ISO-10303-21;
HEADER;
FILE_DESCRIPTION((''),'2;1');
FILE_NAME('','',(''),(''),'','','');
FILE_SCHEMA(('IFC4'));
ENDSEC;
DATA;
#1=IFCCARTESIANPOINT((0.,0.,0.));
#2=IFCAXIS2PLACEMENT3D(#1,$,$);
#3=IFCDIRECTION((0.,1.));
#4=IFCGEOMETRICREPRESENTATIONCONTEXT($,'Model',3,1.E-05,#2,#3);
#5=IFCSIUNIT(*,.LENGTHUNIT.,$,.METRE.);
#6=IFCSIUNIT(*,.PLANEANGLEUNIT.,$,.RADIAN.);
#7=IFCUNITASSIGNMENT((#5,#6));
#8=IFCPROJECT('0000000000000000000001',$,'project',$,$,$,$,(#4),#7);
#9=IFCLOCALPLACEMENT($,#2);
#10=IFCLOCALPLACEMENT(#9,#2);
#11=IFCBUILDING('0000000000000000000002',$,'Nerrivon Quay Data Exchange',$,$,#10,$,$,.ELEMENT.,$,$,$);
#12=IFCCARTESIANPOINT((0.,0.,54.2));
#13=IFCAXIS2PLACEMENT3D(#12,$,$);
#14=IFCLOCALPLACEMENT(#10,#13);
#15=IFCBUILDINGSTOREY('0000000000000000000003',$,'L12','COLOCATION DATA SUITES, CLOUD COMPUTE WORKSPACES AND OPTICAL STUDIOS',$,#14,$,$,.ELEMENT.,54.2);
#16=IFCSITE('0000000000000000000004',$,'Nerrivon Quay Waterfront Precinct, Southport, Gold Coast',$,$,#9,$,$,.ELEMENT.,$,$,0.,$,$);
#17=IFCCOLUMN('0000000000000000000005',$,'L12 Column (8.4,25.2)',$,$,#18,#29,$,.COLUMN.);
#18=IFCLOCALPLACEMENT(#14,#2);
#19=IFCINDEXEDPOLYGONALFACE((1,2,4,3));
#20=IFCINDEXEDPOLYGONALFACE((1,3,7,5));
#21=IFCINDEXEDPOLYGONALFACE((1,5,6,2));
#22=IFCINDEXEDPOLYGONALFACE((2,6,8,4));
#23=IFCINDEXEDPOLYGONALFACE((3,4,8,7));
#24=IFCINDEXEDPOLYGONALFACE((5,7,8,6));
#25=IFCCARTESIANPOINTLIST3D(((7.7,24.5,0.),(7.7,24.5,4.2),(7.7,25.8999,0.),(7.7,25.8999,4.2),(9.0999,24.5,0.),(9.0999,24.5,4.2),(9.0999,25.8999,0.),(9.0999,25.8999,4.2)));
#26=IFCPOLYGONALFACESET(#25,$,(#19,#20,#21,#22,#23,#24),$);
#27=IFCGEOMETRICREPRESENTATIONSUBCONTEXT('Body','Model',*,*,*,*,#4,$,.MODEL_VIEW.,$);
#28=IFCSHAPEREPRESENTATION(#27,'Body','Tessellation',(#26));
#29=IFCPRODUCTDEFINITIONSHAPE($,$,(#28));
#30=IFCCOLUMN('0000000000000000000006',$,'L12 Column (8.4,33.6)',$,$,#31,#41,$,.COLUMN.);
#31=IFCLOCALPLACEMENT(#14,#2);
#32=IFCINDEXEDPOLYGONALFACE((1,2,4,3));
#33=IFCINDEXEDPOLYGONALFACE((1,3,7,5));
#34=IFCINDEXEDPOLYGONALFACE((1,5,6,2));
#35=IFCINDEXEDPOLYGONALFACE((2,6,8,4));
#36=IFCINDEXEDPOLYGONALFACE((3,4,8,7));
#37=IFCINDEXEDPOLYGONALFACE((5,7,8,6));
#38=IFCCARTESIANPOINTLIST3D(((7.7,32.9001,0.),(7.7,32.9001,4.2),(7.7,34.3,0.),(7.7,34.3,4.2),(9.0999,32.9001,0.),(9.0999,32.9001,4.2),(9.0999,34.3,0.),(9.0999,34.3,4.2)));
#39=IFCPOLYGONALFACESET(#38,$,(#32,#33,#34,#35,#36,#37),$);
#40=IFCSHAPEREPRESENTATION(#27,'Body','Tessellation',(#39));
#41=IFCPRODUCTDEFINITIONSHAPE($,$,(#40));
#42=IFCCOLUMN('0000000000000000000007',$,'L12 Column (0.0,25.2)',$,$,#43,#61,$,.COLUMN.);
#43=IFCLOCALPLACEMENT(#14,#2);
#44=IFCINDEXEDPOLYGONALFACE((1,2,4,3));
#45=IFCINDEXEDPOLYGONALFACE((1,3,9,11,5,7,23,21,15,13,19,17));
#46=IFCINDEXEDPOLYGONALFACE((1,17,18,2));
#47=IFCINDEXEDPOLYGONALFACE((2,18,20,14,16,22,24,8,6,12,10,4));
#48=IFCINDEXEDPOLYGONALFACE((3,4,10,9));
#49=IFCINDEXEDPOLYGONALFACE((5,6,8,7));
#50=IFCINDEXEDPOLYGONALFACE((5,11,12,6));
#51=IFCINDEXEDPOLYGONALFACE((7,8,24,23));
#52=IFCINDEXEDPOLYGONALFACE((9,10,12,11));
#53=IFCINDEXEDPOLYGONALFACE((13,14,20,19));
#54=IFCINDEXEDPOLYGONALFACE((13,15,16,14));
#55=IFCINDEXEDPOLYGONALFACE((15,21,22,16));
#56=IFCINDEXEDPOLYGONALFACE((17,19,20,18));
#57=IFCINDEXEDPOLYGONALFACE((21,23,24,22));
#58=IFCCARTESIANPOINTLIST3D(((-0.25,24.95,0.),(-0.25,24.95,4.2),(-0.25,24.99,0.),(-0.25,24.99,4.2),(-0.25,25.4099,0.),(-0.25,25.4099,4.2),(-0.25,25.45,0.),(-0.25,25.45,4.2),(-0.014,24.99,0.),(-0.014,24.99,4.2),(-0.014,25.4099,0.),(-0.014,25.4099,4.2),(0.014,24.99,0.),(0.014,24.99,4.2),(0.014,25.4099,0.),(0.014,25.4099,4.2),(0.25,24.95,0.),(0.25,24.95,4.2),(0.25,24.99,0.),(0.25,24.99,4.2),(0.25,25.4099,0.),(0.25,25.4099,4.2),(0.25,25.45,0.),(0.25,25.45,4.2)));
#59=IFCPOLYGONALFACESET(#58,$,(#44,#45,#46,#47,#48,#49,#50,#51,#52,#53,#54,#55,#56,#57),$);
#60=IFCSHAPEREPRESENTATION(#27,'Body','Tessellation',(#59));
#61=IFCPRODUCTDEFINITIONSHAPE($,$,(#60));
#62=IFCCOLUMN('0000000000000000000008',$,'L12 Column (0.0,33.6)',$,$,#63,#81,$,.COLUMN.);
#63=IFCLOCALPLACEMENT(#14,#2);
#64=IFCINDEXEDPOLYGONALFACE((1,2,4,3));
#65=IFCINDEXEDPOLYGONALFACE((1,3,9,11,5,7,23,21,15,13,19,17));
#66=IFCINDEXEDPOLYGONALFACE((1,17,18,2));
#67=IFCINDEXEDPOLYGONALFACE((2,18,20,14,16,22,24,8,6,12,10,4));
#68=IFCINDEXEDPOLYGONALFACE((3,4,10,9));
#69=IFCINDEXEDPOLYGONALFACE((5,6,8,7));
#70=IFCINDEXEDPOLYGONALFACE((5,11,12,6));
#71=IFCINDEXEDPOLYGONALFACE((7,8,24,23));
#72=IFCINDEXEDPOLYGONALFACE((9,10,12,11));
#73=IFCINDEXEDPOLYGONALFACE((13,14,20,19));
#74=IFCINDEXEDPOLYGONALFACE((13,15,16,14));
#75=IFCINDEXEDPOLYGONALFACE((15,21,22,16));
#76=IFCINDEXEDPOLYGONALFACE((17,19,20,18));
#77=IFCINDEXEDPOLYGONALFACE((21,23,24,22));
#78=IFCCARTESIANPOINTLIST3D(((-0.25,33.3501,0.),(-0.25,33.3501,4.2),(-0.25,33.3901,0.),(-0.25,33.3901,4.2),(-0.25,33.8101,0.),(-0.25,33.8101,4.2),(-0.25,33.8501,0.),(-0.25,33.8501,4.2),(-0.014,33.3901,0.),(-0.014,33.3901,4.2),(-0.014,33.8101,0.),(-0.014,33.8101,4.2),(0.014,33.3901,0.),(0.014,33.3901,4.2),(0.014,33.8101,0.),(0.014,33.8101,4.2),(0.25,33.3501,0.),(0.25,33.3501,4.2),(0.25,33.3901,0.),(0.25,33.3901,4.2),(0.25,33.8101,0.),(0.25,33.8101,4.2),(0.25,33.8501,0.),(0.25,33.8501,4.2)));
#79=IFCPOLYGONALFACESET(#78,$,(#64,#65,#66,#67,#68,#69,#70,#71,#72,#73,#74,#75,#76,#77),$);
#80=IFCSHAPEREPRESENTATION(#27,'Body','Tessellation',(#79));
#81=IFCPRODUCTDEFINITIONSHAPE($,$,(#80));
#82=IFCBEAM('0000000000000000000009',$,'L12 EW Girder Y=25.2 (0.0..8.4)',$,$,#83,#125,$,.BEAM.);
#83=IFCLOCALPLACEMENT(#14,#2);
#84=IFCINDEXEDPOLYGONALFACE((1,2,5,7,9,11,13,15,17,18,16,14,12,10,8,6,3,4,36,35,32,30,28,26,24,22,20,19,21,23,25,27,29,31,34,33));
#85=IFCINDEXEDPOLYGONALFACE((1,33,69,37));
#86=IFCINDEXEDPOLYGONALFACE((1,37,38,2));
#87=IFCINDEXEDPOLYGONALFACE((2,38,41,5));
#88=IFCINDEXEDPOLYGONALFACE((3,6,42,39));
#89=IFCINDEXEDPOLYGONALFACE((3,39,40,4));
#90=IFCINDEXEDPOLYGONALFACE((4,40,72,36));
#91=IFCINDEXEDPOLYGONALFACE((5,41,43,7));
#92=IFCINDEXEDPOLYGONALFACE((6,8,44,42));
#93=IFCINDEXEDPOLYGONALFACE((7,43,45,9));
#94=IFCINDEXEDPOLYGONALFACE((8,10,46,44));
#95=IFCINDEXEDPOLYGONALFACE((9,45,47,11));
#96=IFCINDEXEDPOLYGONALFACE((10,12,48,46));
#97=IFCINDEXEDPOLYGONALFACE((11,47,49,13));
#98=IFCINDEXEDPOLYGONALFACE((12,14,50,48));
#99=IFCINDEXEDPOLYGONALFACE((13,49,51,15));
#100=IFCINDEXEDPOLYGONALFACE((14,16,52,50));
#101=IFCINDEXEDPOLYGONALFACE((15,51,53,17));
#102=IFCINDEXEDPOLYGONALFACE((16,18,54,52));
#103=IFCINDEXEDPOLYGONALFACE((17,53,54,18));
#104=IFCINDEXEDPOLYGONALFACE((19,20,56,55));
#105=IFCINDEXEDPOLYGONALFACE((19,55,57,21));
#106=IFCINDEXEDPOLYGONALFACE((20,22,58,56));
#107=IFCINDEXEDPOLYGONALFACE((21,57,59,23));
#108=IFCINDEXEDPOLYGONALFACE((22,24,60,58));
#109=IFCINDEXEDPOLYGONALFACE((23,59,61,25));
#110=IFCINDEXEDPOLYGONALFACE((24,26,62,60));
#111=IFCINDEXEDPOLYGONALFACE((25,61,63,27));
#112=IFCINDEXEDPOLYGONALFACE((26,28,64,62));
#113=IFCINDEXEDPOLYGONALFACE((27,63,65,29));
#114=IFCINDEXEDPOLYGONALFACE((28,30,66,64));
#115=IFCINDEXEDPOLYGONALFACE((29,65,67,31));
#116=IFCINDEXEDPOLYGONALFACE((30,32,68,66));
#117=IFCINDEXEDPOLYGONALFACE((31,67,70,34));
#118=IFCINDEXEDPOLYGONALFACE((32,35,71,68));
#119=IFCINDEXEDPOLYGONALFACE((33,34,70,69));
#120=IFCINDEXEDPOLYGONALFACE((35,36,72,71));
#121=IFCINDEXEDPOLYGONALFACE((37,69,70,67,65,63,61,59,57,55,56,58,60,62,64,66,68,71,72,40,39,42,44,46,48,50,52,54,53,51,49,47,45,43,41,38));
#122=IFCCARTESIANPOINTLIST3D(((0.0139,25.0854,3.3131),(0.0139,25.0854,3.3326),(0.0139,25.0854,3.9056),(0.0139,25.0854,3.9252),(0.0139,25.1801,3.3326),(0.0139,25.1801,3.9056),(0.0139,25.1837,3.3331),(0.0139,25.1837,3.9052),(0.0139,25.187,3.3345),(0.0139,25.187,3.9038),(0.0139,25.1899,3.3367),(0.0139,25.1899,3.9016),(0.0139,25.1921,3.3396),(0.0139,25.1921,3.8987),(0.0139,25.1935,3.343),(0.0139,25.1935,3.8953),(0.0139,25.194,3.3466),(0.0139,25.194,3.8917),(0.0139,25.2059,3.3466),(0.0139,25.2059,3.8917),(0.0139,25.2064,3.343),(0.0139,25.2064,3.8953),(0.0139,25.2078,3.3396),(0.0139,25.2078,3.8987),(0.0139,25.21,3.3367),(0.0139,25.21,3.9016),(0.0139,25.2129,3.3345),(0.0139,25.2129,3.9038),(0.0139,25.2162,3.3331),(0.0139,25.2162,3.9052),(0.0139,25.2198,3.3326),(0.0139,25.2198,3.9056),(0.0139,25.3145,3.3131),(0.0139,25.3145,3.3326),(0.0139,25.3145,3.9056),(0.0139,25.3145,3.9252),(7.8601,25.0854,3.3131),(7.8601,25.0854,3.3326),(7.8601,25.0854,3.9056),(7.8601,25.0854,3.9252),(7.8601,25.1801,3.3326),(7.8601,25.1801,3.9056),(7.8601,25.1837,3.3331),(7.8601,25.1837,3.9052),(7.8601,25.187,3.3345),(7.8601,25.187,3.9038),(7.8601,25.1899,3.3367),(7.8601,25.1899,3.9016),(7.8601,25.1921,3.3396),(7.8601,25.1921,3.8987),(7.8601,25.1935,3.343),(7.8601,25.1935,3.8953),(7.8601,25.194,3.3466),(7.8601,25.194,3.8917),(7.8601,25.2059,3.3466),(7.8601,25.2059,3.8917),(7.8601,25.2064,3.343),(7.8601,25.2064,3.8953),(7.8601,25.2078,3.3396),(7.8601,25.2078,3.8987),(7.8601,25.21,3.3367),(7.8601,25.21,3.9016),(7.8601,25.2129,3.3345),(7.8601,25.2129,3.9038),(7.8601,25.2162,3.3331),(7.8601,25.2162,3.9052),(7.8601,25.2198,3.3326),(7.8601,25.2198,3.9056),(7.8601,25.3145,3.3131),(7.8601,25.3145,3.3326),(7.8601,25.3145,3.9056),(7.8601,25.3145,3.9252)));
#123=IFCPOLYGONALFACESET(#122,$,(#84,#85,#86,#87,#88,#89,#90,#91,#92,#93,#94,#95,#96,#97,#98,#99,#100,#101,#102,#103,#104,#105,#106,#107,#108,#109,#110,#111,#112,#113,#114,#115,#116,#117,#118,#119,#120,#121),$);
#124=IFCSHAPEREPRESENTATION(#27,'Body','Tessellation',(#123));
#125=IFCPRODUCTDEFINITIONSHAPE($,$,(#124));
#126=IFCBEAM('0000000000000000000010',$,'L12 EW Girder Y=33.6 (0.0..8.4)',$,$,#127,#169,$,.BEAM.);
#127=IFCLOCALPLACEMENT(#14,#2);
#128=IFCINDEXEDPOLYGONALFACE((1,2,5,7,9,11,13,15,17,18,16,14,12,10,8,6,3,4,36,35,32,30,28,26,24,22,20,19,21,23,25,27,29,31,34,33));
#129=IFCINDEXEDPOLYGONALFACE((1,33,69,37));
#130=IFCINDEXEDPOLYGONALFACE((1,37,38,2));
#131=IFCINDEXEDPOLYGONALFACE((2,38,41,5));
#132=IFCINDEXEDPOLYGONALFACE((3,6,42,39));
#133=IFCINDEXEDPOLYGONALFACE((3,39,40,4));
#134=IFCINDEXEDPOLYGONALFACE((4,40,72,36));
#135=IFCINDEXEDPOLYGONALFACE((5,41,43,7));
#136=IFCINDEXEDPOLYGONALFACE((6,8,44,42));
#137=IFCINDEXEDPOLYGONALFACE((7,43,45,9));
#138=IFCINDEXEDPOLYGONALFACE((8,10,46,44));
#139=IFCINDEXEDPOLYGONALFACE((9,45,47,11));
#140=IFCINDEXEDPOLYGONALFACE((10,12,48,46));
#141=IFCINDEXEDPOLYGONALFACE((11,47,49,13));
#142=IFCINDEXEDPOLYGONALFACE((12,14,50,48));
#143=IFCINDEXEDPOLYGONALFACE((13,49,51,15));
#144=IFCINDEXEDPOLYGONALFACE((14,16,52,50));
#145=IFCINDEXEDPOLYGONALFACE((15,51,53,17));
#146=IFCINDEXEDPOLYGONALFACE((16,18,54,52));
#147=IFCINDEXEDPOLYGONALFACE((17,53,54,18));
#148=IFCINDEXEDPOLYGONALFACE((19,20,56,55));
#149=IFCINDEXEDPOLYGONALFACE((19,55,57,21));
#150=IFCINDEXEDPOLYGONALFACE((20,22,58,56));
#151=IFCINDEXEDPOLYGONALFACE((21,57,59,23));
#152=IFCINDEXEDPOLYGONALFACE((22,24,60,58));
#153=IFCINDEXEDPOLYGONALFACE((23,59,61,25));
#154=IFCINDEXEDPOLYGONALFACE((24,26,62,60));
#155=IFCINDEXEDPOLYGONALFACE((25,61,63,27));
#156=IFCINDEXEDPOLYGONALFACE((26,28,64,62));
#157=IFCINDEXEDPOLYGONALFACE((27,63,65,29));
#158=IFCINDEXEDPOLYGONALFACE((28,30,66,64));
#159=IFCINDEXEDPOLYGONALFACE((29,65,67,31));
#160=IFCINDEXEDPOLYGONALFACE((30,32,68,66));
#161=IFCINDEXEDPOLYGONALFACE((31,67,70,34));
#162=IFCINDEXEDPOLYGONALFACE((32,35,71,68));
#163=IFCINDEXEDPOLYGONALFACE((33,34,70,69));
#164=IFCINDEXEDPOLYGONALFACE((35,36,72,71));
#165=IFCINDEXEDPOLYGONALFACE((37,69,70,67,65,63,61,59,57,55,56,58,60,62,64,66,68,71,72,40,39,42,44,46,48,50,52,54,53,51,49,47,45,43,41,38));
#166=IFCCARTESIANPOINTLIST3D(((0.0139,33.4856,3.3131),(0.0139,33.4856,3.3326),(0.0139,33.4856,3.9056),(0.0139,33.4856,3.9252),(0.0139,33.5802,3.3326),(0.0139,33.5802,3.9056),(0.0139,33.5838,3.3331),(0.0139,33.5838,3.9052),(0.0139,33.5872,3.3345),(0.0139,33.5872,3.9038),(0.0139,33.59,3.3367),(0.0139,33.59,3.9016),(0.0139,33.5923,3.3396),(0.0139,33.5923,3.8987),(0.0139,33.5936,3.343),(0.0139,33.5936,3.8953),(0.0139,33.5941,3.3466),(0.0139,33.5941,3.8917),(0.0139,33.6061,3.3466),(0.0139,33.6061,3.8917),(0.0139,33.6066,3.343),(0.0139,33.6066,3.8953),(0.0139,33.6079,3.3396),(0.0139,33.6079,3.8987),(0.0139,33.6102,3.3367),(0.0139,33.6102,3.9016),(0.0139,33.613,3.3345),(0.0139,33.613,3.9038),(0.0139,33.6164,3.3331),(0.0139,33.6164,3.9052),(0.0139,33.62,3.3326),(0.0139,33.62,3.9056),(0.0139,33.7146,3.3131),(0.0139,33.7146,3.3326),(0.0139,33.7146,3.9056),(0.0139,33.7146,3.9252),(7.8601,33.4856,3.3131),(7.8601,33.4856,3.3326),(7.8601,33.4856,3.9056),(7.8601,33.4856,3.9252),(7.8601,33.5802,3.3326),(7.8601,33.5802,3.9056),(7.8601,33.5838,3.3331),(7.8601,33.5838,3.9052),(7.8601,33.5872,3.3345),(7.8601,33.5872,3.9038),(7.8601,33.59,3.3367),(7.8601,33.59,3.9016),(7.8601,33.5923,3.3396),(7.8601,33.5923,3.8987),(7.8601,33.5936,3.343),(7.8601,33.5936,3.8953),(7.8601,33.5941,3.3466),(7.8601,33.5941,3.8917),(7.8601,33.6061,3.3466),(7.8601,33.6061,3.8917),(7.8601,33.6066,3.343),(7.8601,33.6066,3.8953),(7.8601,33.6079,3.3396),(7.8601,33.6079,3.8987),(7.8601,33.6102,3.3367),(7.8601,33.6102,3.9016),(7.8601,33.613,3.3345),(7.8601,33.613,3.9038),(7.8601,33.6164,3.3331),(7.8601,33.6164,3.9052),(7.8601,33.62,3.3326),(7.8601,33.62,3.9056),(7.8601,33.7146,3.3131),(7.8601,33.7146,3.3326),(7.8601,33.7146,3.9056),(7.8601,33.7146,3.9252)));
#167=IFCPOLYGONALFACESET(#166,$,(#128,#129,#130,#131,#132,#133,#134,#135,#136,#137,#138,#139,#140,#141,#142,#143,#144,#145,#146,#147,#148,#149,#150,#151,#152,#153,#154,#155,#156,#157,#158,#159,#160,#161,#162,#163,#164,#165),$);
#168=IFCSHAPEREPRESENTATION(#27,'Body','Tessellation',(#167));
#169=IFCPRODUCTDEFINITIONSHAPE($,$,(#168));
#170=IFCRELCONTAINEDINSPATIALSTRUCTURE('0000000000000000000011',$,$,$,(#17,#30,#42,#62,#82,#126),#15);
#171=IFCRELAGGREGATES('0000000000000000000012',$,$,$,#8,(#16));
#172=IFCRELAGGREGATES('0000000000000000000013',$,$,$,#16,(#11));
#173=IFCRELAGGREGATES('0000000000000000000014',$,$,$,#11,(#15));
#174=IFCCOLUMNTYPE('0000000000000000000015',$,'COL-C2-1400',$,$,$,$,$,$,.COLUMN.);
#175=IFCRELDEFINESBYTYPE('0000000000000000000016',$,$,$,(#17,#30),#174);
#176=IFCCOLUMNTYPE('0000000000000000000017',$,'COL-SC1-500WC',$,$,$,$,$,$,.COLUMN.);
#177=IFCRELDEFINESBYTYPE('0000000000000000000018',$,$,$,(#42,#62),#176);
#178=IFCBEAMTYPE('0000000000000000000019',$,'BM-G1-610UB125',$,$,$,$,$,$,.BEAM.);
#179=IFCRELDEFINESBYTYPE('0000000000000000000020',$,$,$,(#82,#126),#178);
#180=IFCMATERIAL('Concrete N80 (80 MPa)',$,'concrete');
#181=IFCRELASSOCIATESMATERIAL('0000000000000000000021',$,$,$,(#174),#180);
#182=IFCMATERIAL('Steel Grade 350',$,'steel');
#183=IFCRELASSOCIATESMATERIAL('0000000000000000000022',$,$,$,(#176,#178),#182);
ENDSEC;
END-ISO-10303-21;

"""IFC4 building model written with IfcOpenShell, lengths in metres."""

from ifc_helpers import new_model, si_unit, direction, frame, origin, origin_2d, place, context, subcontext, project, spatial, rectangle, i_section, extrude, material, material_profile, profile_set, type_object, element, save


model = new_model("IFC4")

# Units and contexts
model_context = context("Model", 3, precision=1e-05, world=origin(), true_north=direction((0.0, 1.0)))
body_context = subcontext(model_context, "Body", "Model", "MODEL_VIEW")
ifc_project = project(units=[si_unit("LENGTHUNIT", "METRE"), si_unit("PLANEANGLEUNIT", "RADIAN")], contexts=[model_context])

# Site, building, storey
site_placement = place(None, origin())
site = spatial("IfcSite", under=ifc_project, at=site_placement, Name="Nerrivon Quay Waterfront Precinct, Southport, Gold Coast", CompositionType="ELEMENT", RefElevation=0.0)
building_placement = place(site_placement, origin())
building = spatial("IfcBuilding", under=site, at=building_placement, Name="Nerrivon Quay Data Exchange", CompositionType="ELEMENT")
storey_placement = place(building_placement, frame((0.0, 0.0, 54.2)))
storey = spatial("IfcBuildingStorey", under=building, at=storey_placement, Name="L12", Description="COLOCATION DATA SUITES, CLOUD COMPUTE WORKSPACES AND OPTICAL STUDIOS", CompositionType="ELEMENT", Elevation=54.2)

# Columns
ifc_material_1 = material(Name="Concrete N80 (80 MPa)", Category="concrete")
ifc_material_profile_1 = material_profile(ifc_material_1, rectangle(XDim=1.3999, YDim=1.3999, at=origin_2d()), Name="RC-COL-1400x1400")
ifc_profile_set_1 = profile_set([ifc_material_profile_1], Name="Concrete N80 (80 MPa)")
column_type_1 = type_object("IfcColumnType", Name="COL-C2-1400", PredefinedType="COLUMN", material=ifc_profile_set_1)
for number, where, z_axis, x_axis, name in (
    (1, (8.3999, 25.2, 0.0), (0.0, 0.0, 1.0), (1.0, 0.0, 0.0), "L12 Column (8.4,25.2)"),
    (2, (8.3999, 33.6001, 0.0), (0.0, 0.0, 1.0), (1.0, 0.0, 0.0), "L12 Column (8.4,33.6)"),
):
    element("IfcColumn", number, at=place(storey_placement, frame(where, z_axis=z_axis, x_axis=x_axis)), inside=storey, type_object=column_type_1, Name=name, PredefinedType="COLUMN", context=body_context, shape_type="SweptSolid", body=[
        extrude(rectangle(XDim=1.3999, YDim=1.3999, at=origin_2d()), origin(), (0.0, 0.0, 1.0), 4.2),
    ])
ifc_material_2 = material(Name="Steel Grade 350", Category="steel")
ifc_material_profile_2 = material_profile(ifc_material_2, i_section(OverallWidth=0.5, OverallDepth=0.5, WebThickness=0.0281, FlangeThickness=0.04, at=origin_2d()), Name="500WC440")
ifc_profile_set_2 = profile_set([ifc_material_profile_2], Name="Steel Grade 350")
column_type_2 = type_object("IfcColumnType", Name="COL-SC1-500WC", PredefinedType="COLUMN", material=ifc_profile_set_2)
for number, where, z_axis, x_axis, name in (
    (3, (0.0, 25.2, 0.0), (0.0, 0.0, 1.0), (1.0, 0.0, 0.0), "L12 Column (0.0,25.2)"),
    (4, (0.0, 33.6001, 0.0), (0.0, 0.0, 1.0), (1.0, 0.0, 0.0), "L12 Column (0.0,33.6)"),
):
    element("IfcColumn", number, at=place(storey_placement, frame(where, z_axis=z_axis, x_axis=x_axis)), inside=storey, type_object=column_type_2, Name=name, PredefinedType="COLUMN", context=body_context, shape_type="SweptSolid", body=[
        extrude(i_section(OverallWidth=0.5, OverallDepth=0.5, WebThickness=0.0281, FlangeThickness=0.04, at=origin_2d()), origin(), (0.0, 0.0, 1.0), 4.2),
    ])

# Beams
ifc_material_profile_3 = material_profile(ifc_material_2, i_section(OverallWidth=0.229, OverallDepth=0.6121, WebThickness=0.012, FlangeThickness=0.0195, FilletRadius=0.0139, at=origin_2d()), Name="610UB125")
ifc_profile_set_3 = profile_set([ifc_material_profile_3], Name="Steel Grade 350")
beam_type_1 = type_object("IfcBeamType", Name="BM-G1-610UB125", PredefinedType="BEAM", material=ifc_profile_set_3)
for number, where, z_axis, x_axis, name in (
    (5, (0.0139, 25.2, 3.6191), (1.0, 0.0, 0.0), (0.0, 1.0, 0.0), "L12 EW Girder Y=25.2 (0.0..8.4)"),
    (6, (0.0139, 33.6001, 3.6191), (1.0, 0.0, 0.0), (0.0, 1.0, 0.0), "L12 EW Girder Y=33.6 (0.0..8.4)"),
):
    element("IfcBeam", number, at=place(storey_placement, frame(where, z_axis=z_axis, x_axis=x_axis)), inside=storey, type_object=beam_type_1, Name=name, PredefinedType="BEAM", context=body_context, shape_type="SweptSolid", body=[
        extrude(i_section(OverallWidth=0.229, OverallDepth=0.6121, WebThickness=0.012, FlangeThickness=0.0195, FilletRadius=0.0139, at=origin_2d()), origin(), (0.0, 0.0, 1.0), 7.8462),
    ])

save(model, "model.ifc")
